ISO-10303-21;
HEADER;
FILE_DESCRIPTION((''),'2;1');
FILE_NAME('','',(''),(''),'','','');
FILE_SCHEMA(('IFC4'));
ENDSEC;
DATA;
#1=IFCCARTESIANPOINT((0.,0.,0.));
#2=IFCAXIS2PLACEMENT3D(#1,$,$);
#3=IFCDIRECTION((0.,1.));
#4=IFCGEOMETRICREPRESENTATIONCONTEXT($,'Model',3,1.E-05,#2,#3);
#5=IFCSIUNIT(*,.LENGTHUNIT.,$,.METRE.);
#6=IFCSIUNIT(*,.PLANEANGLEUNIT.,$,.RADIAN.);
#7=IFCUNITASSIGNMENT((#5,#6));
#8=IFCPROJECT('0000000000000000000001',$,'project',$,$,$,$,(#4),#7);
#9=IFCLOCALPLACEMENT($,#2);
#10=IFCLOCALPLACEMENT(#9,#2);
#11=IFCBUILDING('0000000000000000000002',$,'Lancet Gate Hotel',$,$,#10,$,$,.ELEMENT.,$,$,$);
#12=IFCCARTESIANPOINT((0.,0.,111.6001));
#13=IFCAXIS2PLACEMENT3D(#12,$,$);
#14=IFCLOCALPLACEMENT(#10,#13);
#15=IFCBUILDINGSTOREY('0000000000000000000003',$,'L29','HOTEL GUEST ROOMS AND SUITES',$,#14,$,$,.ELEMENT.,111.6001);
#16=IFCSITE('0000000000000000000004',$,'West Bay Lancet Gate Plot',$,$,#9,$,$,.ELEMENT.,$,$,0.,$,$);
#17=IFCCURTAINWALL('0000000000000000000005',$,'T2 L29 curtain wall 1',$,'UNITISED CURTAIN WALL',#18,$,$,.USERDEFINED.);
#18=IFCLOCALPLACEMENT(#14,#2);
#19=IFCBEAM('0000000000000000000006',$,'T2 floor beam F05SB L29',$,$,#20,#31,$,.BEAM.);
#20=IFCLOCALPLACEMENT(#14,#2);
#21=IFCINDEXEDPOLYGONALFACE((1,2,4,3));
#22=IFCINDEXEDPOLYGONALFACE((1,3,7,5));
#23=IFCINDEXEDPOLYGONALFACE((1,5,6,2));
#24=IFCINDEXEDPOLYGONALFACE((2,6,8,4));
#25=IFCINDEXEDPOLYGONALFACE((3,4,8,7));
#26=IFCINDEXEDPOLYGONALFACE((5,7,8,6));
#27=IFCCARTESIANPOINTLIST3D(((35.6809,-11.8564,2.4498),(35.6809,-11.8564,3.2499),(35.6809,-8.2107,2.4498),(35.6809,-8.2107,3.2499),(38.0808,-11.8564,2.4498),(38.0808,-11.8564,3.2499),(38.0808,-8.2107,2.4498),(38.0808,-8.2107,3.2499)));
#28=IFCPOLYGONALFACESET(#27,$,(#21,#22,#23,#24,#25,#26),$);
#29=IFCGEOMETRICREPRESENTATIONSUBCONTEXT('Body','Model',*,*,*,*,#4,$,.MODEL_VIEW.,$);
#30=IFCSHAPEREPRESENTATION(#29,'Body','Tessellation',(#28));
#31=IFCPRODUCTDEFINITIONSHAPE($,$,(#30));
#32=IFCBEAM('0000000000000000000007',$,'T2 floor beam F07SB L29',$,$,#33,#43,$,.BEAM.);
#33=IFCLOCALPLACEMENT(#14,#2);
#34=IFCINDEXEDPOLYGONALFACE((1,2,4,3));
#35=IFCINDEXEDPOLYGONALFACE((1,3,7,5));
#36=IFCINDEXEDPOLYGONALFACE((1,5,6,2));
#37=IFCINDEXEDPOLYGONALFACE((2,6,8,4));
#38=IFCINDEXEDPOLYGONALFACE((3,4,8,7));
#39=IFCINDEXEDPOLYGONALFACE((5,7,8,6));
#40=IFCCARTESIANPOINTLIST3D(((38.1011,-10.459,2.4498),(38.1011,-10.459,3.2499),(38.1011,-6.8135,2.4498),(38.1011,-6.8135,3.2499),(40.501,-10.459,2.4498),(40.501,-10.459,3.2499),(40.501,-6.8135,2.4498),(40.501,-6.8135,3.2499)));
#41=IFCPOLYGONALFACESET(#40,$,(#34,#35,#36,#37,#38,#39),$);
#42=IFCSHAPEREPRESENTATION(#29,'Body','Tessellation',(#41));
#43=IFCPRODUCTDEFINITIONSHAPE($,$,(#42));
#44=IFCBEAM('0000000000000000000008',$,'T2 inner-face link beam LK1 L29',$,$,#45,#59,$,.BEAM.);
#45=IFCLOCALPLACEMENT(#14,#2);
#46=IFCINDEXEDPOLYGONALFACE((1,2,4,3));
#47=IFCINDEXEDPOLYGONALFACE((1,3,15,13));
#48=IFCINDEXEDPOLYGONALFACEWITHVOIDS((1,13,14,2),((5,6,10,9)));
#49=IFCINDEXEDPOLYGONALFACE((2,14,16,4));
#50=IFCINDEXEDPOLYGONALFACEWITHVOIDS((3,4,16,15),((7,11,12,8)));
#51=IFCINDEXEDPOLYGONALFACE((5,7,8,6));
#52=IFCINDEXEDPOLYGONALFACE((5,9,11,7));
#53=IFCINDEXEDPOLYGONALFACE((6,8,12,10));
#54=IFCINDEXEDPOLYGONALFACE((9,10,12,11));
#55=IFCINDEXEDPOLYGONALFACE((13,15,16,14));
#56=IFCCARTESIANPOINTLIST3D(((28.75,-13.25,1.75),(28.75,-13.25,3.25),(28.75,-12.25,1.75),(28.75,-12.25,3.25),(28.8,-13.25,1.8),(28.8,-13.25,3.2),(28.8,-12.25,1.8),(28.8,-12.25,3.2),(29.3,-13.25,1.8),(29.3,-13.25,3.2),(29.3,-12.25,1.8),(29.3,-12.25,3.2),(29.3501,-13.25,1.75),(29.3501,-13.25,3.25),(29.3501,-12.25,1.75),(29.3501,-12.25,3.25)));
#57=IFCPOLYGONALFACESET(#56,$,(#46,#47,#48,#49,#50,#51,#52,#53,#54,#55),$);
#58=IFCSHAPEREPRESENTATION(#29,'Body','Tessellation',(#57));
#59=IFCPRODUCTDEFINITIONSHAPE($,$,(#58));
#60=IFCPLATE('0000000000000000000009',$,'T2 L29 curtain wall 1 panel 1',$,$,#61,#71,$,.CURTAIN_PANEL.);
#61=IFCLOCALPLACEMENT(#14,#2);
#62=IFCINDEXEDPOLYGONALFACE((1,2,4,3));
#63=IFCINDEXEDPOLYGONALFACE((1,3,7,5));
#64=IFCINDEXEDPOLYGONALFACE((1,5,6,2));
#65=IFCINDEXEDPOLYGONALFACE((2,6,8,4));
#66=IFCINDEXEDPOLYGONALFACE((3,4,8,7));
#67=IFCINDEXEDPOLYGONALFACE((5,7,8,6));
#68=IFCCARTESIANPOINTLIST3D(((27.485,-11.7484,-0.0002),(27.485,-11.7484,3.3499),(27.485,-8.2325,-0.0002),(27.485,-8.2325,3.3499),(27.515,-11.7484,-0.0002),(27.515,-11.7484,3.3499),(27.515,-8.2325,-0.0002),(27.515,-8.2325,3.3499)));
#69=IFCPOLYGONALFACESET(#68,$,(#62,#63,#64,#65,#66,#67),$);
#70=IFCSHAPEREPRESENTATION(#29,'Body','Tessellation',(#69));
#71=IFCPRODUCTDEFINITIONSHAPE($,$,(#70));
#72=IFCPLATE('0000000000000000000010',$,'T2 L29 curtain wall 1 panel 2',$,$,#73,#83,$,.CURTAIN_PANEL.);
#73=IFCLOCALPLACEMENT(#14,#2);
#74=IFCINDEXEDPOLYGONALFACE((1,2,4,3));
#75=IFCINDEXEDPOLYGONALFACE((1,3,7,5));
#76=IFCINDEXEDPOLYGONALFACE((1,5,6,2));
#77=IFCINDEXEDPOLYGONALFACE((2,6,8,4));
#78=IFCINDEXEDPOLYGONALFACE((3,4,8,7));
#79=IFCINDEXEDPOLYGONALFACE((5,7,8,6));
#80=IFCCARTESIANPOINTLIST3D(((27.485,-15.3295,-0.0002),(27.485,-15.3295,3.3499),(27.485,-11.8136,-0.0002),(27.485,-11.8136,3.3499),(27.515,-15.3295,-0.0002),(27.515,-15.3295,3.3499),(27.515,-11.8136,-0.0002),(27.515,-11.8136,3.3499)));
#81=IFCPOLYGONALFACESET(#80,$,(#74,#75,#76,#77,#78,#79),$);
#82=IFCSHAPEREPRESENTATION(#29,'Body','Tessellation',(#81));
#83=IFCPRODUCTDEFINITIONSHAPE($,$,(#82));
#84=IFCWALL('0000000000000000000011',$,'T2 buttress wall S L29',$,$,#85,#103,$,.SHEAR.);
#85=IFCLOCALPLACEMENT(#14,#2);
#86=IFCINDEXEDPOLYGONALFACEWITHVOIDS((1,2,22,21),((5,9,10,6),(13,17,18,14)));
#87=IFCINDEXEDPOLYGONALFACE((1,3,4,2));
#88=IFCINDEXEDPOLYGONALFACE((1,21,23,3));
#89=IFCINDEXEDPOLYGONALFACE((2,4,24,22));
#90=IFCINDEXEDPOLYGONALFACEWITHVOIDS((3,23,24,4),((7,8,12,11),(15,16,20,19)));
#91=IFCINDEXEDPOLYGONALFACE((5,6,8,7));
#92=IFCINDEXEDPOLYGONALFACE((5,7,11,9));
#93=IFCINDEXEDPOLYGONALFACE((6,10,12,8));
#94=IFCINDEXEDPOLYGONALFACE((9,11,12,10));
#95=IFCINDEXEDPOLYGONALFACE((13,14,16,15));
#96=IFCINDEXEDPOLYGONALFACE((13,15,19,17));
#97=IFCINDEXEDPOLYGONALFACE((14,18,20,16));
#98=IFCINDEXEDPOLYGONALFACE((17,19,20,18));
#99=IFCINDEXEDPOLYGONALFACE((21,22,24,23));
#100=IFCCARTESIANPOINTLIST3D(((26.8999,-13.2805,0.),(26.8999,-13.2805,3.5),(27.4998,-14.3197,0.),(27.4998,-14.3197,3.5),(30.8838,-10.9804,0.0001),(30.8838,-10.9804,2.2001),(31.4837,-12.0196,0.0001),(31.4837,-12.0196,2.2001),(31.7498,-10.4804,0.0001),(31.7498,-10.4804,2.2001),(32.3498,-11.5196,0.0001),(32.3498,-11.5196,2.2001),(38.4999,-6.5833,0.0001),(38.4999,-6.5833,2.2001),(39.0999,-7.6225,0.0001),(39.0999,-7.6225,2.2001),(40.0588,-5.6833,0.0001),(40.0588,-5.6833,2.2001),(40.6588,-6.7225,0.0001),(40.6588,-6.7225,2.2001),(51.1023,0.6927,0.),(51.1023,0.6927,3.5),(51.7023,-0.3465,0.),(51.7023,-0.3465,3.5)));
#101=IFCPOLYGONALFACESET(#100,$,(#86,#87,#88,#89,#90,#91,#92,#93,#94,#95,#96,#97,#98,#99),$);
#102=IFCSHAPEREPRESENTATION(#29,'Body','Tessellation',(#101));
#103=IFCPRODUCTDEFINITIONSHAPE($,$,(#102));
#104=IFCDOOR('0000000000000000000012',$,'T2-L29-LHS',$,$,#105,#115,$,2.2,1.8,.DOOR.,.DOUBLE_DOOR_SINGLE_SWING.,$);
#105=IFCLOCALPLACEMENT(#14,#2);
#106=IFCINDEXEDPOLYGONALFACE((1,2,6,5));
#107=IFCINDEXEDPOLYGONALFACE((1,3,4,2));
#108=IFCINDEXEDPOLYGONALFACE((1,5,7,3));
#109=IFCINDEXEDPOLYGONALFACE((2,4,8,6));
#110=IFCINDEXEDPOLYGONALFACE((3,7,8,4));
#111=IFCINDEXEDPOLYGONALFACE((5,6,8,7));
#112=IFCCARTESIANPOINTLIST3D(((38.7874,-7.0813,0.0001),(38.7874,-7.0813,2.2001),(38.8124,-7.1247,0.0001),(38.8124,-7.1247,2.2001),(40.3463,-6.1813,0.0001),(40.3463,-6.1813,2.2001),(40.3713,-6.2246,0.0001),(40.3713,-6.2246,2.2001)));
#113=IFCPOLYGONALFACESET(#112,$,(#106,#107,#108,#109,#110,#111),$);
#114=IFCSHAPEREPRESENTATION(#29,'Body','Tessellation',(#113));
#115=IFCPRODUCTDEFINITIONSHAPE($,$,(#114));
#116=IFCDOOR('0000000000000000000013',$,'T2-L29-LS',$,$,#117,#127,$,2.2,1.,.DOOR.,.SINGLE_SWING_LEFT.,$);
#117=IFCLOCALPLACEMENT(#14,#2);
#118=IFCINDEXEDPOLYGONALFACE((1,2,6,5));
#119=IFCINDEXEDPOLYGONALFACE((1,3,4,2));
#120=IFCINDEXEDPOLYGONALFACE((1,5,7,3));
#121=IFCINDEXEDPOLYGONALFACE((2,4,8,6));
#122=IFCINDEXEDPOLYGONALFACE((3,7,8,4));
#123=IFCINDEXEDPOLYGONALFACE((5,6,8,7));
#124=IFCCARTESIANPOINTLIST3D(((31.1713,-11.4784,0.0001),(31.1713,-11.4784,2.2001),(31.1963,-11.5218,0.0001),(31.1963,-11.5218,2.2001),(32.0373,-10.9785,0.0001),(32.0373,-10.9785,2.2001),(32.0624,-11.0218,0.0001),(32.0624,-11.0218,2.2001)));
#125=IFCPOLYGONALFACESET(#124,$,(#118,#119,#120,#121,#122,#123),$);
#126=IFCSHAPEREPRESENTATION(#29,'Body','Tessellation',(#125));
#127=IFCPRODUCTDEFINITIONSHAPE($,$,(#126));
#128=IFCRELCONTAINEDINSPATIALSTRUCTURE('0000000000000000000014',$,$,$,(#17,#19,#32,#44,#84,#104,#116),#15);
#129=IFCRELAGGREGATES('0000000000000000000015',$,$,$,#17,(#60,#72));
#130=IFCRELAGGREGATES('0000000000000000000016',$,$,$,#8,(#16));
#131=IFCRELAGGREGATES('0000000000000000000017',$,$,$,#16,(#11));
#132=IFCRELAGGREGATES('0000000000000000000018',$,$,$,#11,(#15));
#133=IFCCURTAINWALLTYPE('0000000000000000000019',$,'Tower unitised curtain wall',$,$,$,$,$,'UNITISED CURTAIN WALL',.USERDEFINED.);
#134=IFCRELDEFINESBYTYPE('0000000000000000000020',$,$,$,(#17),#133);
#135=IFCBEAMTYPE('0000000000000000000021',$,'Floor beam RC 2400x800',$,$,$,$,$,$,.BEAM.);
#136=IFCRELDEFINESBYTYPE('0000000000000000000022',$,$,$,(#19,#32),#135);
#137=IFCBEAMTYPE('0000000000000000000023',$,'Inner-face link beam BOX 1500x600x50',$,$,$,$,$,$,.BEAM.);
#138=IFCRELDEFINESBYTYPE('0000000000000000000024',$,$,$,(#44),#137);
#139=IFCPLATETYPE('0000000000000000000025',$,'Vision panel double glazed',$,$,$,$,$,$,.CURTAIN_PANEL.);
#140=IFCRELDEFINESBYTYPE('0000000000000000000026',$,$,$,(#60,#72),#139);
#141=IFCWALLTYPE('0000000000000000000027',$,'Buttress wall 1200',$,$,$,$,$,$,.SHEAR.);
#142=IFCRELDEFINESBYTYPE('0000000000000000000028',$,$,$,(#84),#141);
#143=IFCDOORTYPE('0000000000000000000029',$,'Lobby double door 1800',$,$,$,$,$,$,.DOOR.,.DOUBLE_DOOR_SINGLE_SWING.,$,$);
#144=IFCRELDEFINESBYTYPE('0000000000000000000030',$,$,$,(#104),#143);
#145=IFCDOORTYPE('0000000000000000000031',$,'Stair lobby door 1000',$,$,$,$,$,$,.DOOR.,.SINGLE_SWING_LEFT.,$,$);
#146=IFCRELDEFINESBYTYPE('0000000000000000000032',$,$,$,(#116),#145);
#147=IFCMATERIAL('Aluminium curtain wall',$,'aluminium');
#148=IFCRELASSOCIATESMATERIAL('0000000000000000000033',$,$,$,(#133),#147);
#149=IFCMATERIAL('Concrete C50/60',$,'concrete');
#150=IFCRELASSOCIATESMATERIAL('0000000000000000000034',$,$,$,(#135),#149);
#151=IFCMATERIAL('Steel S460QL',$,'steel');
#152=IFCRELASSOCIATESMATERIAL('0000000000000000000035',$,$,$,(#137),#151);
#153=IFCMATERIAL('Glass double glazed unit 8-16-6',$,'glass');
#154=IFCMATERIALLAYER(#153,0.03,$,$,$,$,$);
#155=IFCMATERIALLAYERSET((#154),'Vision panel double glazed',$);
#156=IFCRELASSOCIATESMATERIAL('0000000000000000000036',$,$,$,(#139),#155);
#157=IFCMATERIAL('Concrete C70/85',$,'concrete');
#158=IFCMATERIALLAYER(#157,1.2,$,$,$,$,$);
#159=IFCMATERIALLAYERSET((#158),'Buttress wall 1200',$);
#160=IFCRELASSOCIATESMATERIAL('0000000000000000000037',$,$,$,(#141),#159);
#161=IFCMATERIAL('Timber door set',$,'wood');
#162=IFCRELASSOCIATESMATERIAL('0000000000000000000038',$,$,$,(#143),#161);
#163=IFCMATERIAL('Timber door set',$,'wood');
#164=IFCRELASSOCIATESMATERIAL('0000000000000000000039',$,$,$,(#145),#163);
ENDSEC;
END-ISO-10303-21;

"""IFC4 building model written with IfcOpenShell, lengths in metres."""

from ifc_helpers import new_model, si_unit, direction, frame, frame_2d, origin, origin_2d, place, context, subcontext, project, spatial, rectangle, hollow_rectangle, extrude, material, layer, layer_set, material_profile, profile_set, type_object, element, fill, aggregate, save


model = new_model("IFC4")

# Units and contexts
model_context = context("Model", 3, precision=1e-05, world=origin(), true_north=direction((0.0, 1.0)))
body_context = subcontext(model_context, "Body", "Model", "MODEL_VIEW")
ifc_project = project(units=[si_unit("LENGTHUNIT", "METRE"), si_unit("PLANEANGLEUNIT", "RADIAN")], contexts=[model_context])

# Site, building, storey
site_placement = place(None, origin())
site = spatial("IfcSite", under=ifc_project, at=site_placement, Name="West Bay Lancet Gate Plot", CompositionType="ELEMENT", RefElevation=0.0)
building_placement = place(site_placement, origin())
building = spatial("IfcBuilding", under=site, at=building_placement, Name="Lancet Gate Hotel", CompositionType="ELEMENT")
storey_placement = place(building_placement, frame((0.0, 0.0, 111.6001)))
storey = spatial("IfcBuildingStorey", under=building, at=storey_placement, Name="L29", Description="HOTEL GUEST ROOMS AND SUITES", CompositionType="ELEMENT", Elevation=111.6001)

# Curtain wall
ifc_material_1 = material(Name="Aluminium curtain wall", Category="aluminium")
curtain_wall_type = type_object("IfcCurtainWallType", Name="Tower unitised curtain wall", ElementType="UNITISED CURTAIN WALL", PredefinedType="USERDEFINED", material=ifc_material_1)
curtain_wall_placement = place(storey_placement, origin())
curtain_wall = element("IfcCurtainWall", 1, at=curtain_wall_placement, inside=storey, type_object=curtain_wall_type, Name="T2 L29 curtain wall 1", ObjectType="UNITISED CURTAIN WALL", PredefinedType="USERDEFINED")

# Beams
ifc_material_2 = material(Name="Concrete C50/60", Category="concrete")
ifc_material_profile_1 = material_profile(ifc_material_2, rectangle(XDim=2.3999, YDim=0.8, at=origin_2d()), Name="RC 2400x800")
ifc_profile_set_1 = profile_set([ifc_material_profile_1], Name="Concrete C50/60")
beam_type_1 = type_object("IfcBeamType", Name="Floor beam RC 2400x800", PredefinedType="BEAM", material=ifc_profile_set_1)
for number, where, z_axis, x_axis, name in (
    (2, (36.8809, -11.8564, 2.8499), (0.0, 1.0, 0.0), (-1.0, 0.0, 0.0), "T2 floor beam F05SB L29"),
):
    element("IfcBeam", number, at=place(storey_placement, frame(where, z_axis=z_axis, x_axis=x_axis)), inside=storey, type_object=beam_type_1, Name=name, PredefinedType="BEAM", context=body_context, shape_type="SweptSolid", body=[
        extrude(rectangle(XDim=2.3999, YDim=0.8, at=origin_2d()), origin(), (0.0, 0.0, 1.0), 3.6458),
    ])
beam_1_placement = place(storey_placement, frame((39.301, -10.459, 2.8499), z_axis=(0.0, 1.0, 0.0), x_axis=(-1.0, 0.0, 0.0)))
element("IfcBeam", 3, at=beam_1_placement, inside=storey, type_object=beam_type_1, Name="T2 floor beam F07SB L29", PredefinedType="BEAM", context=body_context, shape_type="SweptSolid", body=[
    extrude(rectangle(XDim=2.3999, YDim=0.8, at=origin_2d()), origin(), (0.0, 0.0, 1.0), 3.6455),
])
ifc_material_3 = material(Name="Steel S460QL", Category="steel")
ifc_material_profile_2 = material_profile(ifc_material_3, hollow_rectangle(XDim=0.6001, YDim=1.5, WallThickness=0.05, at=origin_2d()), Name="BOX 1500x600x50")
ifc_profile_set_2 = profile_set([ifc_material_profile_2], Name="Steel S460QL")
beam_type_2 = type_object("IfcBeamType", Name="Inner-face link beam BOX 1500x600x50", PredefinedType="BEAM", material=ifc_profile_set_2)
beam_2_placement = place(storey_placement, frame((29.05, -13.25, 2.5), z_axis=(0.0, 1.0, 0.0), x_axis=(-1.0, 0.0, 0.0)))
element("IfcBeam", 4, at=beam_2_placement, inside=storey, type_object=beam_type_2, Name="T2 inner-face link beam LK1 L29", PredefinedType="BEAM", context=body_context, shape_type="SweptSolid", body=[
    extrude(hollow_rectangle(XDim=0.6001, YDim=1.5, WallThickness=0.05, at=origin_2d()), origin(), (0.0, 0.0, 1.0), 1.0),
])

# Plates
ifc_material_4 = material(Name="Glass double glazed unit 8-16-6", Category="glass")
ifc_layer_1 = layer(ifc_material_4, 0.03)
ifc_layer_set_1 = layer_set([ifc_layer_1], Name="Vision panel double glazed")
plate_type = type_object("IfcPlateType", Name="Vision panel double glazed", PredefinedType="CURTAIN_PANEL", material=ifc_layer_set_1)
plate_1_placement = place(storey_placement, frame((27.5, -9.9905, -0.0002), z_axis=(0.0, 0.0, 1.0), x_axis=(0.0, -1.0, 0.0)))
plate_1 = element("IfcPlate", 5, at=plate_1_placement, type_object=plate_type, Name="T2 L29 curtain wall 1 panel 1", PredefinedType="CURTAIN_PANEL", context=body_context, shape_type="SweptSolid", body=[
    extrude(rectangle(XDim=3.5159, YDim=0.03, at=origin_2d()), origin(), (0.0, 0.0, 1.0), 3.3501),
])
plate_2_placement = place(storey_placement, frame((27.5, -13.5715, -0.0002), z_axis=(0.0, 0.0, 1.0), x_axis=(0.0, -1.0, 0.0)))
plate_2 = element("IfcPlate", 6, at=plate_2_placement, type_object=plate_type, Name="T2 L29 curtain wall 1 panel 2", PredefinedType="CURTAIN_PANEL", context=body_context, shape_type="SweptSolid", body=[
    extrude(rectangle(XDim=3.5159, YDim=0.03, at=origin_2d()), origin(), (0.0, 0.0, 1.0), 3.3501),
])
aggregate(curtain_wall, [plate_1, plate_2])

# Wall, openings, doors
ifc_material_5 = material(Name="Concrete C70/85", Category="concrete")
ifc_layer_2 = layer(ifc_material_5, 1.2)
ifc_layer_set_2 = layer_set([ifc_layer_2], Name="Buttress wall 1200")
wall_type_1 = type_object("IfcWallType", Name="Buttress wall 1200", PredefinedType="SHEAR", material=ifc_layer_set_2)
wall_1_placement = place(storey_placement, frame((27.2, -13.8, 0.0), z_axis=(0.0, 0.0, 1.0), x_axis=(0.866027, 0.499997, 0.0)))
wall_1 = element("IfcWall", 7, at=wall_1_placement, inside=storey, type_object=wall_type_1, Name="T2 buttress wall S L29", PredefinedType="SHEAR", context=body_context, shape_type="SweptSolid", body=[
    extrude(rectangle(XDim=27.9465, YDim=1.2, at=frame_2d((13.9731, 0.0))), origin(), (0.0, 0.0, 1.0), 3.5),
])
opening_1_placement = place(wall_1_placement, frame((4.6001, 0.0, 0.0)))
opening_1 = element("IfcOpeningElement", 8, at=opening_1_placement, cuts=wall_1, PredefinedType="OPENING", context=body_context, shape_type="SweptSolid", body=[
    extrude(rectangle(XDim=1.0, YDim=2.2, at=frame_2d((0.5, 1.1001))), frame((0.0, 0.6099, 0.0), z_axis=(0.0, -1.0, 0.0), x_axis=(1.0, 0.0, 0.0)), (0.0, 0.0, 1.0), 1.22),
])
opening_2_placement = place(wall_1_placement, frame((13.3945, 0.0, 0.0)))
opening_2 = element("IfcOpeningElement", 9, at=opening_2_placement, cuts=wall_1, PredefinedType="OPENING", context=body_context, shape_type="SweptSolid", body=[
    extrude(rectangle(XDim=1.8, YDim=2.2, at=frame_2d((0.8999, 1.1001))), frame((0.0, 0.6099, 0.0), z_axis=(0.0, -1.0, 0.0), x_axis=(1.0, 0.0, 0.0)), (0.0, 0.0, 1.0), 1.22),
])
ifc_material_6 = material(Name="Timber door set", Category="wood")
door_type_1 = type_object("IfcDoorType", Name="Lobby double door 1800", OperationType="DOUBLE_DOOR_SINGLE_SWING", PredefinedType="DOOR", material=ifc_material_6)
door_1_placement = place(opening_2_placement, origin())
door_1 = element("IfcDoor", 10, at=door_1_placement, inside=storey, type_object=door_type_1, Name="T2-L29-LHS", OperationType="DOUBLE_DOOR_SINGLE_SWING", OverallHeight=2.2, OverallWidth=1.8, PredefinedType="DOOR", context=body_context, shape_type="SweptSolid", body=[
    extrude(rectangle(XDim=1.8, YDim=2.2, at=frame_2d((0.8999, 1.1001))), frame((0.0, 0.0249, 0.0), z_axis=(0.0, -1.0, 0.0), x_axis=(1.0, 0.0, 0.0)), (0.0, 0.0, 1.0), 0.05),
])
fill(opening_2, door_1)
ifc_material_7 = material(Name="Timber door set", Category="wood")
door_type_2 = type_object("IfcDoorType", Name="Stair lobby door 1000", OperationType="SINGLE_SWING_LEFT", PredefinedType="DOOR", material=ifc_material_7)
door_2_placement = place(opening_1_placement, origin())
door_2 = element("IfcDoor", 11, at=door_2_placement, inside=storey, type_object=door_type_2, Name="T2-L29-LS", OperationType="SINGLE_SWING_LEFT", OverallHeight=2.2, OverallWidth=1.0, PredefinedType="DOOR", context=body_context, shape_type="SweptSolid", body=[
    extrude(rectangle(XDim=1.0, YDim=2.2, at=frame_2d((0.5, 1.1001))), frame((0.0, 0.0249, 0.0), z_axis=(0.0, -1.0, 0.0), x_axis=(1.0, 0.0, 0.0)), (0.0, 0.0, 1.0), 0.05),
])
fill(opening_1, door_2)

save(model, "model.ifc")
